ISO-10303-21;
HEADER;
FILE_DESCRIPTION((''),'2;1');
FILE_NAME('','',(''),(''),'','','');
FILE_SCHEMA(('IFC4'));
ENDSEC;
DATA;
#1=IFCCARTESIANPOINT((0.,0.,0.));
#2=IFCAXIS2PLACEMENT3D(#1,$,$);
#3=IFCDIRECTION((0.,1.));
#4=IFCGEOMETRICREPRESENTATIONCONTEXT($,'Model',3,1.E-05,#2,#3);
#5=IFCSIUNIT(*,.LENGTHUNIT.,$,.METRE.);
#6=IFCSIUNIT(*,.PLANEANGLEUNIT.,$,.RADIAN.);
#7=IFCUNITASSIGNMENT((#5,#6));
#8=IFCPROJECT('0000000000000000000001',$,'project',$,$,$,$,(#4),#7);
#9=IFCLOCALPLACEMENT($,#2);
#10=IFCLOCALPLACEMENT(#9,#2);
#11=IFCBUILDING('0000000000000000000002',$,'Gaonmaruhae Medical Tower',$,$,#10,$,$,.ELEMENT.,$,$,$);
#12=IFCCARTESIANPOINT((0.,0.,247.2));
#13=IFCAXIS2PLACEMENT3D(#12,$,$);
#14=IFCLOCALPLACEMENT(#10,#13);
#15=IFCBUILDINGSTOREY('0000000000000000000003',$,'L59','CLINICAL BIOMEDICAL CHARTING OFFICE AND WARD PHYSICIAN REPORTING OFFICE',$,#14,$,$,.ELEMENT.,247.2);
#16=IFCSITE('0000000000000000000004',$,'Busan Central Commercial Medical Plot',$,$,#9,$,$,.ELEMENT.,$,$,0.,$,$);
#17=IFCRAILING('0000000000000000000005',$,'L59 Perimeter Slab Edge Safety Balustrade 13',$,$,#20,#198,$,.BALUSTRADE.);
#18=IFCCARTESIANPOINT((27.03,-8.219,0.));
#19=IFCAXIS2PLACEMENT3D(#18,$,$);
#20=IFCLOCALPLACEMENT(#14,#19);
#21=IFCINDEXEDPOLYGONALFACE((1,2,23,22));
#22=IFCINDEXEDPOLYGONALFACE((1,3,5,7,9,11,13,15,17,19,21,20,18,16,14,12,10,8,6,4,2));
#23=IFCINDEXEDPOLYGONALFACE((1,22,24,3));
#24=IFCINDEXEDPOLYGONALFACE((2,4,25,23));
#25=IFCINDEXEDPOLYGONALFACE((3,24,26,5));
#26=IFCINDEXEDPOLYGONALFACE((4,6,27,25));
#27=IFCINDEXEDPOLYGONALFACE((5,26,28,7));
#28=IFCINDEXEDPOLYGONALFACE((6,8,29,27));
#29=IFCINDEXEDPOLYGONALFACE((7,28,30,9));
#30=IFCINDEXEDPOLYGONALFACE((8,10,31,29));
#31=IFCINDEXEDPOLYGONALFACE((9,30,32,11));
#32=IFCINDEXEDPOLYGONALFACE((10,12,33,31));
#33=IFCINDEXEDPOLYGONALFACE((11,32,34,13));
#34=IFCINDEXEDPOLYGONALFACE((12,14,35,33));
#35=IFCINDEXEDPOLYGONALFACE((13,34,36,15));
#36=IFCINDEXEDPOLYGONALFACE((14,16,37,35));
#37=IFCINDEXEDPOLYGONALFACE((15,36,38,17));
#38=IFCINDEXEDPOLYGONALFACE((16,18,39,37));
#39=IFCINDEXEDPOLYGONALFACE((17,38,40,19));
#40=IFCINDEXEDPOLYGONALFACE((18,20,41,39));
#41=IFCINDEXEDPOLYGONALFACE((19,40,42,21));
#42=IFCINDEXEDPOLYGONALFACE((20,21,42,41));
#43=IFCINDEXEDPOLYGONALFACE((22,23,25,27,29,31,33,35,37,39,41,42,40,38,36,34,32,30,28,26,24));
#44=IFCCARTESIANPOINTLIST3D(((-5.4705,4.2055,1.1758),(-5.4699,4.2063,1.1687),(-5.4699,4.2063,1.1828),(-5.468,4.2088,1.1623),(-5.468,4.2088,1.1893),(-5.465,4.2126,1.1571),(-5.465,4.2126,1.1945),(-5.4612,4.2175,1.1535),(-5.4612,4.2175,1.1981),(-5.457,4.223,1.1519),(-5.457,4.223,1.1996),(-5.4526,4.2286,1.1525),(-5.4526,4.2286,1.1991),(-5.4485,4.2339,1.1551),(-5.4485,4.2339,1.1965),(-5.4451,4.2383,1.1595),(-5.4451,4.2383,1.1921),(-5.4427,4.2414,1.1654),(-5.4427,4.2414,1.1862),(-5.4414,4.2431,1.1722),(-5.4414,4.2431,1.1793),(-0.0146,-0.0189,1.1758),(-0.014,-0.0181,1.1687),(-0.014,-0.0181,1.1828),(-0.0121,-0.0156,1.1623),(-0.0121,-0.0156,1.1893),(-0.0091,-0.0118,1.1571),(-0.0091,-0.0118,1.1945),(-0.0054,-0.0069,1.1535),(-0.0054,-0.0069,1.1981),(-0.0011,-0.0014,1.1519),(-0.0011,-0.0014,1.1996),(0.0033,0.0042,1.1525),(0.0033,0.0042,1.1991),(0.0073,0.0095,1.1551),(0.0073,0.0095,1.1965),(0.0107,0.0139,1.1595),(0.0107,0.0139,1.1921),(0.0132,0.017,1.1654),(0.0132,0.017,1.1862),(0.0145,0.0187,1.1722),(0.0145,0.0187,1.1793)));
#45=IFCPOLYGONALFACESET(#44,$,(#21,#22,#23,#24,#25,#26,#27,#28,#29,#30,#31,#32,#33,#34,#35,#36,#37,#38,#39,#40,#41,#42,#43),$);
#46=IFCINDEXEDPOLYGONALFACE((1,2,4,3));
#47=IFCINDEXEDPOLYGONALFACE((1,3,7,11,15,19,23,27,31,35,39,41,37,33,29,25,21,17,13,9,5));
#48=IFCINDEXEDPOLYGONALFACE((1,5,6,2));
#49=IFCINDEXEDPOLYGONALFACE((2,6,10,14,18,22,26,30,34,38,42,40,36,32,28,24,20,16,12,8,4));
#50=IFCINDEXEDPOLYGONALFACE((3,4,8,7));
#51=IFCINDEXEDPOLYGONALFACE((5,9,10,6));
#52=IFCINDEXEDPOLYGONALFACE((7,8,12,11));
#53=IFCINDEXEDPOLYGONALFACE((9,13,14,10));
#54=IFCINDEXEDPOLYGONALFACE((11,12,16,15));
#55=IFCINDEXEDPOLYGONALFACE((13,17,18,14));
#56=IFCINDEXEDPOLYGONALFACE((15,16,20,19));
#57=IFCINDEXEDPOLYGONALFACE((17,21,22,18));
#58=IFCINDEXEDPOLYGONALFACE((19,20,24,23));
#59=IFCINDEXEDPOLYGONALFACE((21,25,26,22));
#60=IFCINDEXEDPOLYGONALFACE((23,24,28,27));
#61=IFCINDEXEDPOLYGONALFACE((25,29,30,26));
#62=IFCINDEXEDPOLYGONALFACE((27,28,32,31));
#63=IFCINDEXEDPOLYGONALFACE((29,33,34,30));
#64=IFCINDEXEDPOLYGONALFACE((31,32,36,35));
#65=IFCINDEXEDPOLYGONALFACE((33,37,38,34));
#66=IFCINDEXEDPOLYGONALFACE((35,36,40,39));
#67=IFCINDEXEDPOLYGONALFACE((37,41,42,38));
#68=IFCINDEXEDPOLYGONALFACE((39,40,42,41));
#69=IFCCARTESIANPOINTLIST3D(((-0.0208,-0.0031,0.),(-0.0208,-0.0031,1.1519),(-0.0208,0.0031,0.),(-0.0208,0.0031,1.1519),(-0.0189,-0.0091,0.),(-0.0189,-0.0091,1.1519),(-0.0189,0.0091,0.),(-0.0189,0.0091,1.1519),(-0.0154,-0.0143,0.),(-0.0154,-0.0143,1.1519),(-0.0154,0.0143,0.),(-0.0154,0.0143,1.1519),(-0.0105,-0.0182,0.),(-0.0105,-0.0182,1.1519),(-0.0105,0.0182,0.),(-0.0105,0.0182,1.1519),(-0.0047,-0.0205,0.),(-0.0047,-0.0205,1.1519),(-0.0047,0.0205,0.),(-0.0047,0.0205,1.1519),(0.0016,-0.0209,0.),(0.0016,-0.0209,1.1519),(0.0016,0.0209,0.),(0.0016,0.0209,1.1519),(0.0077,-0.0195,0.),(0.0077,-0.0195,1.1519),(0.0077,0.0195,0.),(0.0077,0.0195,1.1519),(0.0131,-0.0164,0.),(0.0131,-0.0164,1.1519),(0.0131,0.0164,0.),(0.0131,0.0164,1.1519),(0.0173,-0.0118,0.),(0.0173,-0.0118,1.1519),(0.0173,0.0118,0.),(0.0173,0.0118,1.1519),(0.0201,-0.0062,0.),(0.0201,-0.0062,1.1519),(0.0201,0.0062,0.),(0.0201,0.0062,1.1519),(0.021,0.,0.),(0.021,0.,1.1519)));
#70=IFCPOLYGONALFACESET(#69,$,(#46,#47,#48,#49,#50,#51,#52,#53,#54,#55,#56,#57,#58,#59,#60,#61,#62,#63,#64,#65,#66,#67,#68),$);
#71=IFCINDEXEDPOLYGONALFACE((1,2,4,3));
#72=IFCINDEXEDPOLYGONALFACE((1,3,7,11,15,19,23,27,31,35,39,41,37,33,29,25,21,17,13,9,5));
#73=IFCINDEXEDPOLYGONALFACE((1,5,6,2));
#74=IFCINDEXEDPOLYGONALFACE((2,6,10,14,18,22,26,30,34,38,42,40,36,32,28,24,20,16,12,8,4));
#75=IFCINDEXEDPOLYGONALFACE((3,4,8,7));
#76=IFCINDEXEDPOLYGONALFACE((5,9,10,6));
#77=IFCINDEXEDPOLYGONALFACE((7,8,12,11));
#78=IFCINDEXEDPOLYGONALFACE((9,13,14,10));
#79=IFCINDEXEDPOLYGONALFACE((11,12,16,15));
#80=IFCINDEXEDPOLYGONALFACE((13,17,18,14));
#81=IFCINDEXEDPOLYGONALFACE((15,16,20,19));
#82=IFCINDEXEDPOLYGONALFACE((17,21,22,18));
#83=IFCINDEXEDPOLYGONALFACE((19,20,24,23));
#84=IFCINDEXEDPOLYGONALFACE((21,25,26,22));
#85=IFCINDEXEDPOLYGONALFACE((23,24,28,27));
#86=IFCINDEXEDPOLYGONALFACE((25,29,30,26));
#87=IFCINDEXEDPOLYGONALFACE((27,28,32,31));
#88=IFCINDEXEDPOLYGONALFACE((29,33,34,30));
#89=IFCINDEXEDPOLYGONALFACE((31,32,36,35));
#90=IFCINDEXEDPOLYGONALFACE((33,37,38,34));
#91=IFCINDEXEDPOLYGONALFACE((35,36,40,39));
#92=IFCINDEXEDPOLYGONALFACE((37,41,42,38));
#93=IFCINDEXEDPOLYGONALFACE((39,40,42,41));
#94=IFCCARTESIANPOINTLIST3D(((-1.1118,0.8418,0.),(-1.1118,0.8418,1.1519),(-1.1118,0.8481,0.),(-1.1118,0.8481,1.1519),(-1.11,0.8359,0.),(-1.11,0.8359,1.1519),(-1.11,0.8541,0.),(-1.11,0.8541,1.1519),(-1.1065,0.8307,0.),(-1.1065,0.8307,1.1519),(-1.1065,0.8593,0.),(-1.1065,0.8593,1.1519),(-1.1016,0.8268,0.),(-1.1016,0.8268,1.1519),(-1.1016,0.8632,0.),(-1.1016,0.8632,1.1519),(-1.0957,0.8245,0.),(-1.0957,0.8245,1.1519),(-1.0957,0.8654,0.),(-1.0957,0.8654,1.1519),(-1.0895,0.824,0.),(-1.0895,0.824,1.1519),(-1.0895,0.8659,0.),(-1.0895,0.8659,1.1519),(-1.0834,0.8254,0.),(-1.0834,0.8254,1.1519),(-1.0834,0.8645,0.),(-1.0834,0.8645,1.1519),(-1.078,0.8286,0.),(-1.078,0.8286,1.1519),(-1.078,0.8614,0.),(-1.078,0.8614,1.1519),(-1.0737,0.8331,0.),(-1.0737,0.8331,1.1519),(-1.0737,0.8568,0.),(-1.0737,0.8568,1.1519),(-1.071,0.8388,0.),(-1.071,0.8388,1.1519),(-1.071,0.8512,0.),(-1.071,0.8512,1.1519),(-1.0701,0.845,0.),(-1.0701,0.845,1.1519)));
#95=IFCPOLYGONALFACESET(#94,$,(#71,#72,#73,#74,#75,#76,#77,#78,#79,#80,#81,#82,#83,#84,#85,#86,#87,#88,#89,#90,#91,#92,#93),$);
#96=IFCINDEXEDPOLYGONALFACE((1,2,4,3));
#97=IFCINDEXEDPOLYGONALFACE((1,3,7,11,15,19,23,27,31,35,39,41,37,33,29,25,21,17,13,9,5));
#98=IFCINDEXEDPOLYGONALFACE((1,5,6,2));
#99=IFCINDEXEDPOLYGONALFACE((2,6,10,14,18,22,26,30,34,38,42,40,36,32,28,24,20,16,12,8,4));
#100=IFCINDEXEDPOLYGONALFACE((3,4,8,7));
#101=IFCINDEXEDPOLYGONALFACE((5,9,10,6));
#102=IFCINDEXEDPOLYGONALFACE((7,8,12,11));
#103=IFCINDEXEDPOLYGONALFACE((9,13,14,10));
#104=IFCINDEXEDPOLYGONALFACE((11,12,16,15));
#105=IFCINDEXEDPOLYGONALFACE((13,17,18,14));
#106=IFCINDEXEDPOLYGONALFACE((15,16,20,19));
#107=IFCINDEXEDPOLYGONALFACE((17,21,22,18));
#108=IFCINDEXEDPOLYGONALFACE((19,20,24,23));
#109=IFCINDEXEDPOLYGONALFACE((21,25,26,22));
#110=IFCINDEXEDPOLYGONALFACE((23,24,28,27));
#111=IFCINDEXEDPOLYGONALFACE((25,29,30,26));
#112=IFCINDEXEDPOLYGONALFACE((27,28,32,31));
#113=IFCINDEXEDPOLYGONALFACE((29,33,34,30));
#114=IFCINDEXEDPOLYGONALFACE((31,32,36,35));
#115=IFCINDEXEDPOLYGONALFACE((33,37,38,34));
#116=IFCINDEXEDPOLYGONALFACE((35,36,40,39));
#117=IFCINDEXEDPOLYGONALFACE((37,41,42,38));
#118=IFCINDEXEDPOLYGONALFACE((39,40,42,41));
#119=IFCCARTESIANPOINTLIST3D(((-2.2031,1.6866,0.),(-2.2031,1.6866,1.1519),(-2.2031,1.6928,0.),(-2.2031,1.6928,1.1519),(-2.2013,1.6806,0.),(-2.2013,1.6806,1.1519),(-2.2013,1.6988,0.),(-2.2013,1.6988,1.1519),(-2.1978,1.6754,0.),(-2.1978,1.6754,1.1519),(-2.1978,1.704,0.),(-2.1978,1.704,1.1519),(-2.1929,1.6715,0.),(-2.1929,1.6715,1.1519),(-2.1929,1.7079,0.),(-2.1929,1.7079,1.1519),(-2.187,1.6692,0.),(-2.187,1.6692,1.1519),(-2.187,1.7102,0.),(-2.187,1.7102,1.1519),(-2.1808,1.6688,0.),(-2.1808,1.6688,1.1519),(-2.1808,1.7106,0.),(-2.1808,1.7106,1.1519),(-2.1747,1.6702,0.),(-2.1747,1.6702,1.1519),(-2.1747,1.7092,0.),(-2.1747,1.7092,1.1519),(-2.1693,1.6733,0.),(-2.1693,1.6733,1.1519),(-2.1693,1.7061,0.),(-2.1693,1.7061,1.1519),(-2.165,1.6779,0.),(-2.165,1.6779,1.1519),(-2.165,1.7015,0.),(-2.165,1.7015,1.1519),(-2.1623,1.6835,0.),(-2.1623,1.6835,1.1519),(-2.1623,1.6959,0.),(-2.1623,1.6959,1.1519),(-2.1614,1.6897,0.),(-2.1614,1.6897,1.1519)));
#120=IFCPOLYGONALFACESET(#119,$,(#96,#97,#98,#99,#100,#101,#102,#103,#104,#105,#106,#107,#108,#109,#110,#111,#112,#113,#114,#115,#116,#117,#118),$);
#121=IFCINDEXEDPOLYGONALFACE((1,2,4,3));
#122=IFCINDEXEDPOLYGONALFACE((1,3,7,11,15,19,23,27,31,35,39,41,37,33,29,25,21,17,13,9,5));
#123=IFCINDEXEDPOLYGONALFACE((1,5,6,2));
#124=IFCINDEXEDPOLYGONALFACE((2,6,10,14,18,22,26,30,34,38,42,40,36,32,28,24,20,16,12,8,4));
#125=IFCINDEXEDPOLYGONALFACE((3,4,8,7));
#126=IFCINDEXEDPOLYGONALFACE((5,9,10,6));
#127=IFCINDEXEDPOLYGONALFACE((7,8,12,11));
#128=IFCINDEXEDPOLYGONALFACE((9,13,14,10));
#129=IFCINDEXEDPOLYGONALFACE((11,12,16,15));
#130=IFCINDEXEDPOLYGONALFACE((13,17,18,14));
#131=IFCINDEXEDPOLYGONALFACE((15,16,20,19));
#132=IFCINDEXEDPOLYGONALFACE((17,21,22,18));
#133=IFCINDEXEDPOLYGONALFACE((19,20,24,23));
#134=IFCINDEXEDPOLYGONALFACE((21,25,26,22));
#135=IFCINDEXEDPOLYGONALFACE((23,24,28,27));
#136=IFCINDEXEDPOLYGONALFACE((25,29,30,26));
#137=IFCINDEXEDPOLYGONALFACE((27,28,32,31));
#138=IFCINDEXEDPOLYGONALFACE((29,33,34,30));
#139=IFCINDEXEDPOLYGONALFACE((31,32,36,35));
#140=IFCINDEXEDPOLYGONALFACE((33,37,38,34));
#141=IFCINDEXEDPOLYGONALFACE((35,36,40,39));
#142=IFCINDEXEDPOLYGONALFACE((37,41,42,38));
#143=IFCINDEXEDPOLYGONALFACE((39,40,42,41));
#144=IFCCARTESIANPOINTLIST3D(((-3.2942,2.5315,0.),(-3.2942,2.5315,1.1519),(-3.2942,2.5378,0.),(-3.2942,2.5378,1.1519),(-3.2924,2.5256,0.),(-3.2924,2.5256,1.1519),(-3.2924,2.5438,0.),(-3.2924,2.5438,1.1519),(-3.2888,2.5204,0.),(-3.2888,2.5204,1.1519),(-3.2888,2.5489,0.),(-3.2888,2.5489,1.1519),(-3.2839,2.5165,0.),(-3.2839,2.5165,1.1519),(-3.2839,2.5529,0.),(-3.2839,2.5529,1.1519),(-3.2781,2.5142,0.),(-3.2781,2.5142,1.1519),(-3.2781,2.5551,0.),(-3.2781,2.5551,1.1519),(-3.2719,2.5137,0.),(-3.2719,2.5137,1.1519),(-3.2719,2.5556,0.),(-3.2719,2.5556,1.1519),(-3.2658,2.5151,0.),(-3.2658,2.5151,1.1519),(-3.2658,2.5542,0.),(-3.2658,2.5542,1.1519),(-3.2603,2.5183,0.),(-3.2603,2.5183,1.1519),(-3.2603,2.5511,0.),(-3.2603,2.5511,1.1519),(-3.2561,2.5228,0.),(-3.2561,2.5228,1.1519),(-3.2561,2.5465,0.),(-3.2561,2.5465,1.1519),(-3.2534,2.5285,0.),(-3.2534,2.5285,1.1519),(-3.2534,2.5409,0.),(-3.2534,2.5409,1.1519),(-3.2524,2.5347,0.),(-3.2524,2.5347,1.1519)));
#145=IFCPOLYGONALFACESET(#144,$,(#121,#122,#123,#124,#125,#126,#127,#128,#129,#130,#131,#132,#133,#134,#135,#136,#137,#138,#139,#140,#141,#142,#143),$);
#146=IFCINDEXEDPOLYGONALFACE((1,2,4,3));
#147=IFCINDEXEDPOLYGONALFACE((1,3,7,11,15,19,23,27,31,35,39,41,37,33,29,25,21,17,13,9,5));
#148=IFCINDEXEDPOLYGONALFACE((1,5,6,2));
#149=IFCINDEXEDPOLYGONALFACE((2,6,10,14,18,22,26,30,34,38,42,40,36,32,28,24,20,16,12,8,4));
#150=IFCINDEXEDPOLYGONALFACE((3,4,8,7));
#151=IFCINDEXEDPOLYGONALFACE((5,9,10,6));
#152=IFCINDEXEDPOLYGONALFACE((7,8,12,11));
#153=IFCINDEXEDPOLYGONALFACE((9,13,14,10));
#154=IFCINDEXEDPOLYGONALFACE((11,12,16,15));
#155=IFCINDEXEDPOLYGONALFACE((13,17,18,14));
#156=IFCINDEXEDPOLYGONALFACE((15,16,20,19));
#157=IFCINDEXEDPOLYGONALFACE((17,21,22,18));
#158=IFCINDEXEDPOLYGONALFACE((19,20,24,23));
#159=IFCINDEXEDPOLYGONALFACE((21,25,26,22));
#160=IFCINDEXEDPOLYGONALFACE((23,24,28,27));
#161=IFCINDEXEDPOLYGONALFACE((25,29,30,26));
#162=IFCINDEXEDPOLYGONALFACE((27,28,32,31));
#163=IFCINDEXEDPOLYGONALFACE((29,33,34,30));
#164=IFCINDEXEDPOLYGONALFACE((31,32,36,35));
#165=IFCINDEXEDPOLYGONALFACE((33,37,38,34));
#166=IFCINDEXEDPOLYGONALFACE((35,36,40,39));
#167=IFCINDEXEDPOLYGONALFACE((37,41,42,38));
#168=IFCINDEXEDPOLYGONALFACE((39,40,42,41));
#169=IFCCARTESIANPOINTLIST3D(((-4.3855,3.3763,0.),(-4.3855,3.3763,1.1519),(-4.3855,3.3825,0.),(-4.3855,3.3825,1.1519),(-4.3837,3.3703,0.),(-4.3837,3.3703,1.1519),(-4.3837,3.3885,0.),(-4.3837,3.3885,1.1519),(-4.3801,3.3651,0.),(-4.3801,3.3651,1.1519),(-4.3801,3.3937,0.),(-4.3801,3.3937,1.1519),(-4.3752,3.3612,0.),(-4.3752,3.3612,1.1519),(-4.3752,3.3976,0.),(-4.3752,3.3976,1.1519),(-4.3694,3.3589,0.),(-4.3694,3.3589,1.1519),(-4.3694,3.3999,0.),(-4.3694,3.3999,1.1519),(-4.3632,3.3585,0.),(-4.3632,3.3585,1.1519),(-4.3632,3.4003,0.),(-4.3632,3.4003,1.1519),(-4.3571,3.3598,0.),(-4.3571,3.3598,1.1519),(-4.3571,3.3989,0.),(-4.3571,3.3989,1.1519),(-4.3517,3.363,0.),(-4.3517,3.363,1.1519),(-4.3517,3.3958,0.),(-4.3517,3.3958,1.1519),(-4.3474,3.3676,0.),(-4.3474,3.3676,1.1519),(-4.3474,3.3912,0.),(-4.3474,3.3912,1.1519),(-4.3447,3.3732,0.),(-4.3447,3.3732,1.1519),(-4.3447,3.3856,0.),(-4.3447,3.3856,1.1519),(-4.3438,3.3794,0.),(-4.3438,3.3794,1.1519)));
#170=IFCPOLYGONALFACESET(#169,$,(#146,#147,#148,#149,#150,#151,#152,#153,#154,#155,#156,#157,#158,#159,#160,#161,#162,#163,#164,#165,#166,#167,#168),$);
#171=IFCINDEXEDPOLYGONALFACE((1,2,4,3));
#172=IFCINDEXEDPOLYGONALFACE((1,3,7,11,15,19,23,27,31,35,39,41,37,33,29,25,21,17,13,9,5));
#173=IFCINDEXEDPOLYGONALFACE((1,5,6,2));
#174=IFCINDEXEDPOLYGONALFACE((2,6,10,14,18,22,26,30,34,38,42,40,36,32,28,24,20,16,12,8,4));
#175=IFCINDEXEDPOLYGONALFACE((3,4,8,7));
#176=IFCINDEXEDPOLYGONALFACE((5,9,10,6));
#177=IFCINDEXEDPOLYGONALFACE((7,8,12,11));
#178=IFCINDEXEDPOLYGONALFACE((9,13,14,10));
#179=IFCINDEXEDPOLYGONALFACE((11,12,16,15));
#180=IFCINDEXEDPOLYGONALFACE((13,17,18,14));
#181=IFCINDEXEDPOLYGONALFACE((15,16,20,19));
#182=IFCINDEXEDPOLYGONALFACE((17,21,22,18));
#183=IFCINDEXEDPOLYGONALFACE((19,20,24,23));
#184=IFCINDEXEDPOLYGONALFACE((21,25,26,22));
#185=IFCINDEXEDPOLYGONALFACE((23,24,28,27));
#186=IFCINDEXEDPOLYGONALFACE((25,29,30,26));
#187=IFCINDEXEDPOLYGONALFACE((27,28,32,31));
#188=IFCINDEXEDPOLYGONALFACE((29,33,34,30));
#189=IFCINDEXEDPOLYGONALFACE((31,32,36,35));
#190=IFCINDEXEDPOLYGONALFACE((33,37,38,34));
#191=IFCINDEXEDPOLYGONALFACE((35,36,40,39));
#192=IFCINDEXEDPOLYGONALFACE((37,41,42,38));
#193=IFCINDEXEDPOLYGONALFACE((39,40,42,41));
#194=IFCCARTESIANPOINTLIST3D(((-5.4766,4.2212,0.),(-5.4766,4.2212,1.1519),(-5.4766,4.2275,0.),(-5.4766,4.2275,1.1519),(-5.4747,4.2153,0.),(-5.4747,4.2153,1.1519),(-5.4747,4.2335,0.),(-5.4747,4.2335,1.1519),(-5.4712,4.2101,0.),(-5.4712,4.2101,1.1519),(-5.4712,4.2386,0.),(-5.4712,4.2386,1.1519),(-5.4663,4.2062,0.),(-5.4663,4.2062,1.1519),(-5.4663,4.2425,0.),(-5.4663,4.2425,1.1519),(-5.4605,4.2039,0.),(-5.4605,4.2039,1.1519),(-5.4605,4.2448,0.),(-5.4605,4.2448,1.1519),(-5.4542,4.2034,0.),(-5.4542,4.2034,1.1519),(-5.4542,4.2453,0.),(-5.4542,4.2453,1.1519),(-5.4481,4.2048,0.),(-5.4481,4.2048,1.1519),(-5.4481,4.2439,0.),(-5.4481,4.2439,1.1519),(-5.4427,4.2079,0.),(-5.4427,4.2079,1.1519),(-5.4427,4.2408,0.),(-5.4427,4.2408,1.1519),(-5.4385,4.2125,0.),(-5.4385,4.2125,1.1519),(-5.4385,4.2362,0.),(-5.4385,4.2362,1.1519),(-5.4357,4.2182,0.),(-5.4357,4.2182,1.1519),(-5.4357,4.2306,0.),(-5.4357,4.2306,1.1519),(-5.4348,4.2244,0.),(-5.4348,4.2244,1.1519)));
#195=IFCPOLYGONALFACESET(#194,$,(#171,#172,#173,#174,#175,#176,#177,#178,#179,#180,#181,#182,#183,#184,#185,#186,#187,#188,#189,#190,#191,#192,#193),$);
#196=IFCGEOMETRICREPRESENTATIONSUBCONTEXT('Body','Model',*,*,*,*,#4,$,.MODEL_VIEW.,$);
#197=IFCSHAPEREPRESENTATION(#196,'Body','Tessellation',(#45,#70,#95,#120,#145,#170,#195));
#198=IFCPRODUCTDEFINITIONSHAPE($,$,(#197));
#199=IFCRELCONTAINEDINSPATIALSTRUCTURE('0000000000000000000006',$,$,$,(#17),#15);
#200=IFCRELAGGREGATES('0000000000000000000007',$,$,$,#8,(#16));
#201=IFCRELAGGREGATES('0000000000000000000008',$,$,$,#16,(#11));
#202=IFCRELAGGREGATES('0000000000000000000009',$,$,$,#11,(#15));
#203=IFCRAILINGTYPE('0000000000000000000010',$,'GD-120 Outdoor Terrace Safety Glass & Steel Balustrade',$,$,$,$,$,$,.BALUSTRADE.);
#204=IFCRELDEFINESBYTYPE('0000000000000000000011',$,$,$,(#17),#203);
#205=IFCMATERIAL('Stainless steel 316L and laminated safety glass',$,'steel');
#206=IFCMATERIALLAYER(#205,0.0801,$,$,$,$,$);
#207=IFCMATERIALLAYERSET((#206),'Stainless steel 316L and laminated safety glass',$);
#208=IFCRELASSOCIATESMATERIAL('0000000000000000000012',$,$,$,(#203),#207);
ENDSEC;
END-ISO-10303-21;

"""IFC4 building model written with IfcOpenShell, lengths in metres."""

from ifc_helpers import new_model, si_unit, direction, frame, origin, origin_2d, place, context, subcontext, project, spatial, circle, extrude, material, layer, layer_set, type_object, element, save


model = new_model("IFC4")

# Units and contexts
model_context = context("Model", 3, precision=1e-05, world=origin(), true_north=direction((0.0, 1.0)))
body_context = subcontext(model_context, "Body", "Model", "MODEL_VIEW")
ifc_project = project(units=[si_unit("LENGTHUNIT", "METRE"), si_unit("PLANEANGLEUNIT", "RADIAN")], contexts=[model_context])

# Site, building, storey
site_placement = place(None, origin())
site = spatial("IfcSite", under=ifc_project, at=site_placement, Name="Busan Central Commercial Medical Plot", CompositionType="ELEMENT", RefElevation=0.0)
building_placement = place(site_placement, origin())
building = spatial("IfcBuilding", under=site, at=building_placement, Name="Gaonmaruhae Medical Tower", CompositionType="ELEMENT")
storey_placement = place(building_placement, frame((0.0, 0.0, 247.2)))
storey = spatial("IfcBuildingStorey", under=building, at=storey_placement, Name="L59", Description="CLINICAL BIOMEDICAL CHARTING OFFICE AND WARD PHYSICIAN REPORTING OFFICE", CompositionType="ELEMENT", Elevation=247.2)

# Railing
ifc_material_1 = material(Name="Stainless steel 316L and laminated safety glass", Category="steel")
ifc_layer_1 = layer(ifc_material_1, 0.0801)
ifc_layer_set_1 = layer_set([ifc_layer_1], Name="Stainless steel 316L and laminated safety glass")
railing_type = type_object("IfcRailingType", Name="GD-120 Outdoor Terrace Safety Glass & Steel Balustrade", PredefinedType="BALUSTRADE", material=ifc_layer_set_1)
railing_1_placement = place(storey_placement, frame((27.03, -8.219, 0.0)))
element("IfcRailing", 1, at=railing_1_placement, inside=storey, type_object=railing_type, Name="L59 Perimeter Slab Edge Safety Balustrade 13", PredefinedType="BALUSTRADE", context=body_context, shape_type="SweptSolid", body=[
    extrude(circle(Radius=0.0239, at=origin_2d()), frame((0.0, 0.0, 1.1758), z_axis=(-0.790688, 0.61222, 0.0), x_axis=(-0.61222, -0.790688, 0.0)), (0.0, 0.0, 1.0), 6.9001),
    extrude(circle(Radius=0.021, at=origin_2d()), origin(), (0.0, 0.0, 1.0), 1.1519),
    extrude(circle(Radius=0.021, at=origin_2d()), frame((-1.0911, 0.845, 0.0)), (0.0, 0.0, 1.0), 1.1519),
    extrude(circle(Radius=0.021, at=origin_2d()), frame((-2.1824, 1.6897, 0.0)), (0.0, 0.0, 1.0), 1.1519),
    extrude(circle(Radius=0.021, at=origin_2d()), frame((-3.2734, 2.5347, 0.0)), (0.0, 0.0, 1.0), 1.1519),
    extrude(circle(Radius=0.021, at=origin_2d()), frame((-4.3647, 3.3794, 0.0)), (0.0, 0.0, 1.0), 1.1519),
    extrude(circle(Radius=0.021, at=origin_2d()), frame((-5.4558, 4.2244, 0.0)), (0.0, 0.0, 1.0), 1.1519),
])

save(model, "model.ifc")
